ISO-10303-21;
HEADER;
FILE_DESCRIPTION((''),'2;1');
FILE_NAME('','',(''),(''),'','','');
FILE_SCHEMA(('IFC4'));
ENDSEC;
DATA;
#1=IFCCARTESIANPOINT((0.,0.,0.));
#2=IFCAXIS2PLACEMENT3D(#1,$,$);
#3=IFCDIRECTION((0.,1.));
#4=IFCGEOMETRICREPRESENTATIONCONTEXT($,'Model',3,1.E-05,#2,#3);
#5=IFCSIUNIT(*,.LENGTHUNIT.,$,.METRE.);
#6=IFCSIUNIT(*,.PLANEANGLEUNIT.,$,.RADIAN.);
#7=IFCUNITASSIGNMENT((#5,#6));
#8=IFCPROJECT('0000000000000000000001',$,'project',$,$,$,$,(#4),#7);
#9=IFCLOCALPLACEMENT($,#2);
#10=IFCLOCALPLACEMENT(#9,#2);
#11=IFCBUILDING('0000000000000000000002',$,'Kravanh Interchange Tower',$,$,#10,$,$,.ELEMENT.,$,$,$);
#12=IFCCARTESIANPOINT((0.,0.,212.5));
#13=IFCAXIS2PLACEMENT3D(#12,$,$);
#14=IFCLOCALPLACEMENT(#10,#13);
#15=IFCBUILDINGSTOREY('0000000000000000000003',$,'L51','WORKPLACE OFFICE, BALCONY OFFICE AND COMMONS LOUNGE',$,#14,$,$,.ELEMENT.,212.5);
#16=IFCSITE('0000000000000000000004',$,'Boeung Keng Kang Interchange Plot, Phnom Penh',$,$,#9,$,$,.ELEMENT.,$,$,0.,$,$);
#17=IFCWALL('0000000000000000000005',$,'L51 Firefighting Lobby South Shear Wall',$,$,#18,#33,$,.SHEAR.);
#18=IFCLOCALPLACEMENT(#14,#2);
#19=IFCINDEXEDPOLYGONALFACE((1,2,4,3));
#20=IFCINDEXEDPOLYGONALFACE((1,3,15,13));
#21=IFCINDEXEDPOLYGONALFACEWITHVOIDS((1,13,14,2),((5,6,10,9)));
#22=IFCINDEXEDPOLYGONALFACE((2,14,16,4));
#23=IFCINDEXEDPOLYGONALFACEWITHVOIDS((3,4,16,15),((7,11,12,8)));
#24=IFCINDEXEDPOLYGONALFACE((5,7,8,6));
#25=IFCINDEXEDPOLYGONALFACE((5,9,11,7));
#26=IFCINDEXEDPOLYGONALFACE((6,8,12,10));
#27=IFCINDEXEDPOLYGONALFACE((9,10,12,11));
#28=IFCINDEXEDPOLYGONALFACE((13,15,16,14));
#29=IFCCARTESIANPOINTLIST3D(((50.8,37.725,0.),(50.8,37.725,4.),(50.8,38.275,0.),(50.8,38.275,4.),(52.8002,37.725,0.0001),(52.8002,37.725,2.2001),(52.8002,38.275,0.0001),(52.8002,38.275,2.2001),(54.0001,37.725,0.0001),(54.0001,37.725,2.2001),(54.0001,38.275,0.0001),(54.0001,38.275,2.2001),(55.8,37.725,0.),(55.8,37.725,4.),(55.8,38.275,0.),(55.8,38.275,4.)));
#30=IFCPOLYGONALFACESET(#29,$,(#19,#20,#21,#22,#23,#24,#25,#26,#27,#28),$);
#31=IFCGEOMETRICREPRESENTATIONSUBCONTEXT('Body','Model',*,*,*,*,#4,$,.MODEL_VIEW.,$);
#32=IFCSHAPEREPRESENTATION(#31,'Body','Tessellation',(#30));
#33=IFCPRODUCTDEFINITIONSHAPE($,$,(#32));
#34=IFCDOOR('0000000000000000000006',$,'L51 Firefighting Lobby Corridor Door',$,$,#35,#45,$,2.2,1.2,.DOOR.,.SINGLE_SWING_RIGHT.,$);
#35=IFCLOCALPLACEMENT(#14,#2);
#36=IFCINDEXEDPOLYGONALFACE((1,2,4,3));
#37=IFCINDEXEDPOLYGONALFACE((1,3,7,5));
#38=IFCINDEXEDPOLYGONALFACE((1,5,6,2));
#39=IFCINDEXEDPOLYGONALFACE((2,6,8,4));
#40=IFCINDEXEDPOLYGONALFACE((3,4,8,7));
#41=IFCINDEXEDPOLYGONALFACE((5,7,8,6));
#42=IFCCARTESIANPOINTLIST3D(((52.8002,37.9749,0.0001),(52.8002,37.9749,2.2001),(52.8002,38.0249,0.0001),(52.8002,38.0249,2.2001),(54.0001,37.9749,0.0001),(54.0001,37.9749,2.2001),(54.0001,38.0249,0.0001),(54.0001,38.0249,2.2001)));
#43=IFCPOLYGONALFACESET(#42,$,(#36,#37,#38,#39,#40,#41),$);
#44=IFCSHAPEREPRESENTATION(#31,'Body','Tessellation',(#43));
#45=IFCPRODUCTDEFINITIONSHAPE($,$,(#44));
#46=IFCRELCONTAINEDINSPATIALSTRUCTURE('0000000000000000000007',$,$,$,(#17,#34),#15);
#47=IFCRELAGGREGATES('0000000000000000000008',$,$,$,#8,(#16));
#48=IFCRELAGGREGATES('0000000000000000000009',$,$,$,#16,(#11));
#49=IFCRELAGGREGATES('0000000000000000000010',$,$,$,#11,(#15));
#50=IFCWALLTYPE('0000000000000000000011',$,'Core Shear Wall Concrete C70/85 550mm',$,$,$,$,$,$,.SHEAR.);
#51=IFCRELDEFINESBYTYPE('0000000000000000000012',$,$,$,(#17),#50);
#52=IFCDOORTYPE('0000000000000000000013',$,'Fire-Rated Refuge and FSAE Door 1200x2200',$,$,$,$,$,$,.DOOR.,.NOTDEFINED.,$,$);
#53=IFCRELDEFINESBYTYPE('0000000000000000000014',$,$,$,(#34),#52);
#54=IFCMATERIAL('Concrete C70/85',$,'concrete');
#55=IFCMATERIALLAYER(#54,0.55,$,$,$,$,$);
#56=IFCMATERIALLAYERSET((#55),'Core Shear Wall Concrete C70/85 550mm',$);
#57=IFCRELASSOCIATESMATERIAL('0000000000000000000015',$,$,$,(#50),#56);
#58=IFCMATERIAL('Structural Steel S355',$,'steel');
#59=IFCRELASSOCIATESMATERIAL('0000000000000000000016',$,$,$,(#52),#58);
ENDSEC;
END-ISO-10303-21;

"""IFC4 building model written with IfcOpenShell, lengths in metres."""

from ifc_helpers import new_model, si_unit, direction, frame, frame_2d, origin, place, context, subcontext, project, spatial, rectangle, extrude, material, layer, layer_set, type_object, element, fill, save


model = new_model("IFC4")

# Units and contexts
model_context = context("Model", 3, precision=1e-05, world=origin(), true_north=direction((0.0, 1.0)))
body_context = subcontext(model_context, "Body", "Model", "MODEL_VIEW")
ifc_project = project(units=[si_unit("LENGTHUNIT", "METRE"), si_unit("PLANEANGLEUNIT", "RADIAN")], contexts=[model_context])

# Site, building, storey
site_placement = place(None, origin())
site = spatial("IfcSite", under=ifc_project, at=site_placement, Name="Boeung Keng Kang Interchange Plot, Phnom Penh", CompositionType="ELEMENT", RefElevation=0.0)
building_placement = place(site_placement, origin())
building = spatial("IfcBuilding", under=site, at=building_placement, Name="Kravanh Interchange Tower", CompositionType="ELEMENT")
storey_placement = place(building_placement, frame((0.0, 0.0, 212.5)))
storey = spatial("IfcBuildingStorey", under=building, at=storey_placement, Name="L51", Description="WORKPLACE OFFICE, BALCONY OFFICE AND COMMONS LOUNGE", CompositionType="ELEMENT", Elevation=212.5)

# Shared definitions
ifc_material_1 = material(Name="Concrete C70/85", Category="concrete")
ifc_layer_1 = layer(ifc_material_1, 0.55)
ifc_layer_set_1 = layer_set([ifc_layer_1], Name="Core Shear Wall Concrete C70/85 550mm")
wall_type_1 = type_object("IfcWallType", Name="Core Shear Wall Concrete C70/85 550mm", PredefinedType="SHEAR", material=ifc_layer_set_1)

# Wall, opening, door
wall_1_placement = place(storey_placement, frame((50.8, 38.0, 0.0), z_axis=(0.0, 0.0, 1.0), x_axis=(1.0, 0.0, 0.0)))
wall_1 = element("IfcWall", 1, at=wall_1_placement, inside=storey, type_object=wall_type_1, Name="L51 Firefighting Lobby South Shear Wall", PredefinedType="SHEAR", context=body_context, shape_type="SweptSolid", body=[
    extrude(rectangle(XDim=5.0, YDim=0.55, at=frame_2d((2.5, 0.0))), origin(), (0.0, 0.0, 1.0), 4.0),
])
opening_1_placement = place(wall_1_placement, frame((2.0, 0.0, 0.0)))
opening_1 = element("IfcOpeningElement", 2, at=opening_1_placement, cuts=wall_1, PredefinedType="OPENING", context=body_context, shape_type="SweptSolid", body=[
    extrude(rectangle(XDim=1.2, YDim=2.2, at=frame_2d((0.6001, 1.1001))), frame((0.0, 0.2852, 0.0), z_axis=(0.0, -1.0, 0.0), x_axis=(1.0, 0.0, 0.0)), (0.0, 0.0, 1.0), 0.5701),
])
ifc_material_2 = material(Name="Structural Steel S355", Category="steel")
door_type_1 = type_object("IfcDoorType", Name="Fire-Rated Refuge and FSAE Door 1200x2200", OperationType="NOTDEFINED", PredefinedType="DOOR", material=ifc_material_2)
door_1_placement = place(opening_1_placement, origin())
door_1 = element("IfcDoor", 3, at=door_1_placement, inside=storey, type_object=door_type_1, Name="L51 Firefighting Lobby Corridor Door", OperationType="SINGLE_SWING_RIGHT", OverallHeight=2.2, OverallWidth=1.2, PredefinedType="DOOR", context=body_context, shape_type="SweptSolid", body=[
    extrude(rectangle(XDim=1.2, YDim=2.2, at=frame_2d((0.6001, 1.1001))), frame((0.0, 0.0249, 0.0), z_axis=(0.0, -1.0, 0.0), x_axis=(1.0, 0.0, 0.0)), (0.0, 0.0, 1.0), 0.05),
])
fill(opening_1, door_1)

save(model, "model.ifc")
